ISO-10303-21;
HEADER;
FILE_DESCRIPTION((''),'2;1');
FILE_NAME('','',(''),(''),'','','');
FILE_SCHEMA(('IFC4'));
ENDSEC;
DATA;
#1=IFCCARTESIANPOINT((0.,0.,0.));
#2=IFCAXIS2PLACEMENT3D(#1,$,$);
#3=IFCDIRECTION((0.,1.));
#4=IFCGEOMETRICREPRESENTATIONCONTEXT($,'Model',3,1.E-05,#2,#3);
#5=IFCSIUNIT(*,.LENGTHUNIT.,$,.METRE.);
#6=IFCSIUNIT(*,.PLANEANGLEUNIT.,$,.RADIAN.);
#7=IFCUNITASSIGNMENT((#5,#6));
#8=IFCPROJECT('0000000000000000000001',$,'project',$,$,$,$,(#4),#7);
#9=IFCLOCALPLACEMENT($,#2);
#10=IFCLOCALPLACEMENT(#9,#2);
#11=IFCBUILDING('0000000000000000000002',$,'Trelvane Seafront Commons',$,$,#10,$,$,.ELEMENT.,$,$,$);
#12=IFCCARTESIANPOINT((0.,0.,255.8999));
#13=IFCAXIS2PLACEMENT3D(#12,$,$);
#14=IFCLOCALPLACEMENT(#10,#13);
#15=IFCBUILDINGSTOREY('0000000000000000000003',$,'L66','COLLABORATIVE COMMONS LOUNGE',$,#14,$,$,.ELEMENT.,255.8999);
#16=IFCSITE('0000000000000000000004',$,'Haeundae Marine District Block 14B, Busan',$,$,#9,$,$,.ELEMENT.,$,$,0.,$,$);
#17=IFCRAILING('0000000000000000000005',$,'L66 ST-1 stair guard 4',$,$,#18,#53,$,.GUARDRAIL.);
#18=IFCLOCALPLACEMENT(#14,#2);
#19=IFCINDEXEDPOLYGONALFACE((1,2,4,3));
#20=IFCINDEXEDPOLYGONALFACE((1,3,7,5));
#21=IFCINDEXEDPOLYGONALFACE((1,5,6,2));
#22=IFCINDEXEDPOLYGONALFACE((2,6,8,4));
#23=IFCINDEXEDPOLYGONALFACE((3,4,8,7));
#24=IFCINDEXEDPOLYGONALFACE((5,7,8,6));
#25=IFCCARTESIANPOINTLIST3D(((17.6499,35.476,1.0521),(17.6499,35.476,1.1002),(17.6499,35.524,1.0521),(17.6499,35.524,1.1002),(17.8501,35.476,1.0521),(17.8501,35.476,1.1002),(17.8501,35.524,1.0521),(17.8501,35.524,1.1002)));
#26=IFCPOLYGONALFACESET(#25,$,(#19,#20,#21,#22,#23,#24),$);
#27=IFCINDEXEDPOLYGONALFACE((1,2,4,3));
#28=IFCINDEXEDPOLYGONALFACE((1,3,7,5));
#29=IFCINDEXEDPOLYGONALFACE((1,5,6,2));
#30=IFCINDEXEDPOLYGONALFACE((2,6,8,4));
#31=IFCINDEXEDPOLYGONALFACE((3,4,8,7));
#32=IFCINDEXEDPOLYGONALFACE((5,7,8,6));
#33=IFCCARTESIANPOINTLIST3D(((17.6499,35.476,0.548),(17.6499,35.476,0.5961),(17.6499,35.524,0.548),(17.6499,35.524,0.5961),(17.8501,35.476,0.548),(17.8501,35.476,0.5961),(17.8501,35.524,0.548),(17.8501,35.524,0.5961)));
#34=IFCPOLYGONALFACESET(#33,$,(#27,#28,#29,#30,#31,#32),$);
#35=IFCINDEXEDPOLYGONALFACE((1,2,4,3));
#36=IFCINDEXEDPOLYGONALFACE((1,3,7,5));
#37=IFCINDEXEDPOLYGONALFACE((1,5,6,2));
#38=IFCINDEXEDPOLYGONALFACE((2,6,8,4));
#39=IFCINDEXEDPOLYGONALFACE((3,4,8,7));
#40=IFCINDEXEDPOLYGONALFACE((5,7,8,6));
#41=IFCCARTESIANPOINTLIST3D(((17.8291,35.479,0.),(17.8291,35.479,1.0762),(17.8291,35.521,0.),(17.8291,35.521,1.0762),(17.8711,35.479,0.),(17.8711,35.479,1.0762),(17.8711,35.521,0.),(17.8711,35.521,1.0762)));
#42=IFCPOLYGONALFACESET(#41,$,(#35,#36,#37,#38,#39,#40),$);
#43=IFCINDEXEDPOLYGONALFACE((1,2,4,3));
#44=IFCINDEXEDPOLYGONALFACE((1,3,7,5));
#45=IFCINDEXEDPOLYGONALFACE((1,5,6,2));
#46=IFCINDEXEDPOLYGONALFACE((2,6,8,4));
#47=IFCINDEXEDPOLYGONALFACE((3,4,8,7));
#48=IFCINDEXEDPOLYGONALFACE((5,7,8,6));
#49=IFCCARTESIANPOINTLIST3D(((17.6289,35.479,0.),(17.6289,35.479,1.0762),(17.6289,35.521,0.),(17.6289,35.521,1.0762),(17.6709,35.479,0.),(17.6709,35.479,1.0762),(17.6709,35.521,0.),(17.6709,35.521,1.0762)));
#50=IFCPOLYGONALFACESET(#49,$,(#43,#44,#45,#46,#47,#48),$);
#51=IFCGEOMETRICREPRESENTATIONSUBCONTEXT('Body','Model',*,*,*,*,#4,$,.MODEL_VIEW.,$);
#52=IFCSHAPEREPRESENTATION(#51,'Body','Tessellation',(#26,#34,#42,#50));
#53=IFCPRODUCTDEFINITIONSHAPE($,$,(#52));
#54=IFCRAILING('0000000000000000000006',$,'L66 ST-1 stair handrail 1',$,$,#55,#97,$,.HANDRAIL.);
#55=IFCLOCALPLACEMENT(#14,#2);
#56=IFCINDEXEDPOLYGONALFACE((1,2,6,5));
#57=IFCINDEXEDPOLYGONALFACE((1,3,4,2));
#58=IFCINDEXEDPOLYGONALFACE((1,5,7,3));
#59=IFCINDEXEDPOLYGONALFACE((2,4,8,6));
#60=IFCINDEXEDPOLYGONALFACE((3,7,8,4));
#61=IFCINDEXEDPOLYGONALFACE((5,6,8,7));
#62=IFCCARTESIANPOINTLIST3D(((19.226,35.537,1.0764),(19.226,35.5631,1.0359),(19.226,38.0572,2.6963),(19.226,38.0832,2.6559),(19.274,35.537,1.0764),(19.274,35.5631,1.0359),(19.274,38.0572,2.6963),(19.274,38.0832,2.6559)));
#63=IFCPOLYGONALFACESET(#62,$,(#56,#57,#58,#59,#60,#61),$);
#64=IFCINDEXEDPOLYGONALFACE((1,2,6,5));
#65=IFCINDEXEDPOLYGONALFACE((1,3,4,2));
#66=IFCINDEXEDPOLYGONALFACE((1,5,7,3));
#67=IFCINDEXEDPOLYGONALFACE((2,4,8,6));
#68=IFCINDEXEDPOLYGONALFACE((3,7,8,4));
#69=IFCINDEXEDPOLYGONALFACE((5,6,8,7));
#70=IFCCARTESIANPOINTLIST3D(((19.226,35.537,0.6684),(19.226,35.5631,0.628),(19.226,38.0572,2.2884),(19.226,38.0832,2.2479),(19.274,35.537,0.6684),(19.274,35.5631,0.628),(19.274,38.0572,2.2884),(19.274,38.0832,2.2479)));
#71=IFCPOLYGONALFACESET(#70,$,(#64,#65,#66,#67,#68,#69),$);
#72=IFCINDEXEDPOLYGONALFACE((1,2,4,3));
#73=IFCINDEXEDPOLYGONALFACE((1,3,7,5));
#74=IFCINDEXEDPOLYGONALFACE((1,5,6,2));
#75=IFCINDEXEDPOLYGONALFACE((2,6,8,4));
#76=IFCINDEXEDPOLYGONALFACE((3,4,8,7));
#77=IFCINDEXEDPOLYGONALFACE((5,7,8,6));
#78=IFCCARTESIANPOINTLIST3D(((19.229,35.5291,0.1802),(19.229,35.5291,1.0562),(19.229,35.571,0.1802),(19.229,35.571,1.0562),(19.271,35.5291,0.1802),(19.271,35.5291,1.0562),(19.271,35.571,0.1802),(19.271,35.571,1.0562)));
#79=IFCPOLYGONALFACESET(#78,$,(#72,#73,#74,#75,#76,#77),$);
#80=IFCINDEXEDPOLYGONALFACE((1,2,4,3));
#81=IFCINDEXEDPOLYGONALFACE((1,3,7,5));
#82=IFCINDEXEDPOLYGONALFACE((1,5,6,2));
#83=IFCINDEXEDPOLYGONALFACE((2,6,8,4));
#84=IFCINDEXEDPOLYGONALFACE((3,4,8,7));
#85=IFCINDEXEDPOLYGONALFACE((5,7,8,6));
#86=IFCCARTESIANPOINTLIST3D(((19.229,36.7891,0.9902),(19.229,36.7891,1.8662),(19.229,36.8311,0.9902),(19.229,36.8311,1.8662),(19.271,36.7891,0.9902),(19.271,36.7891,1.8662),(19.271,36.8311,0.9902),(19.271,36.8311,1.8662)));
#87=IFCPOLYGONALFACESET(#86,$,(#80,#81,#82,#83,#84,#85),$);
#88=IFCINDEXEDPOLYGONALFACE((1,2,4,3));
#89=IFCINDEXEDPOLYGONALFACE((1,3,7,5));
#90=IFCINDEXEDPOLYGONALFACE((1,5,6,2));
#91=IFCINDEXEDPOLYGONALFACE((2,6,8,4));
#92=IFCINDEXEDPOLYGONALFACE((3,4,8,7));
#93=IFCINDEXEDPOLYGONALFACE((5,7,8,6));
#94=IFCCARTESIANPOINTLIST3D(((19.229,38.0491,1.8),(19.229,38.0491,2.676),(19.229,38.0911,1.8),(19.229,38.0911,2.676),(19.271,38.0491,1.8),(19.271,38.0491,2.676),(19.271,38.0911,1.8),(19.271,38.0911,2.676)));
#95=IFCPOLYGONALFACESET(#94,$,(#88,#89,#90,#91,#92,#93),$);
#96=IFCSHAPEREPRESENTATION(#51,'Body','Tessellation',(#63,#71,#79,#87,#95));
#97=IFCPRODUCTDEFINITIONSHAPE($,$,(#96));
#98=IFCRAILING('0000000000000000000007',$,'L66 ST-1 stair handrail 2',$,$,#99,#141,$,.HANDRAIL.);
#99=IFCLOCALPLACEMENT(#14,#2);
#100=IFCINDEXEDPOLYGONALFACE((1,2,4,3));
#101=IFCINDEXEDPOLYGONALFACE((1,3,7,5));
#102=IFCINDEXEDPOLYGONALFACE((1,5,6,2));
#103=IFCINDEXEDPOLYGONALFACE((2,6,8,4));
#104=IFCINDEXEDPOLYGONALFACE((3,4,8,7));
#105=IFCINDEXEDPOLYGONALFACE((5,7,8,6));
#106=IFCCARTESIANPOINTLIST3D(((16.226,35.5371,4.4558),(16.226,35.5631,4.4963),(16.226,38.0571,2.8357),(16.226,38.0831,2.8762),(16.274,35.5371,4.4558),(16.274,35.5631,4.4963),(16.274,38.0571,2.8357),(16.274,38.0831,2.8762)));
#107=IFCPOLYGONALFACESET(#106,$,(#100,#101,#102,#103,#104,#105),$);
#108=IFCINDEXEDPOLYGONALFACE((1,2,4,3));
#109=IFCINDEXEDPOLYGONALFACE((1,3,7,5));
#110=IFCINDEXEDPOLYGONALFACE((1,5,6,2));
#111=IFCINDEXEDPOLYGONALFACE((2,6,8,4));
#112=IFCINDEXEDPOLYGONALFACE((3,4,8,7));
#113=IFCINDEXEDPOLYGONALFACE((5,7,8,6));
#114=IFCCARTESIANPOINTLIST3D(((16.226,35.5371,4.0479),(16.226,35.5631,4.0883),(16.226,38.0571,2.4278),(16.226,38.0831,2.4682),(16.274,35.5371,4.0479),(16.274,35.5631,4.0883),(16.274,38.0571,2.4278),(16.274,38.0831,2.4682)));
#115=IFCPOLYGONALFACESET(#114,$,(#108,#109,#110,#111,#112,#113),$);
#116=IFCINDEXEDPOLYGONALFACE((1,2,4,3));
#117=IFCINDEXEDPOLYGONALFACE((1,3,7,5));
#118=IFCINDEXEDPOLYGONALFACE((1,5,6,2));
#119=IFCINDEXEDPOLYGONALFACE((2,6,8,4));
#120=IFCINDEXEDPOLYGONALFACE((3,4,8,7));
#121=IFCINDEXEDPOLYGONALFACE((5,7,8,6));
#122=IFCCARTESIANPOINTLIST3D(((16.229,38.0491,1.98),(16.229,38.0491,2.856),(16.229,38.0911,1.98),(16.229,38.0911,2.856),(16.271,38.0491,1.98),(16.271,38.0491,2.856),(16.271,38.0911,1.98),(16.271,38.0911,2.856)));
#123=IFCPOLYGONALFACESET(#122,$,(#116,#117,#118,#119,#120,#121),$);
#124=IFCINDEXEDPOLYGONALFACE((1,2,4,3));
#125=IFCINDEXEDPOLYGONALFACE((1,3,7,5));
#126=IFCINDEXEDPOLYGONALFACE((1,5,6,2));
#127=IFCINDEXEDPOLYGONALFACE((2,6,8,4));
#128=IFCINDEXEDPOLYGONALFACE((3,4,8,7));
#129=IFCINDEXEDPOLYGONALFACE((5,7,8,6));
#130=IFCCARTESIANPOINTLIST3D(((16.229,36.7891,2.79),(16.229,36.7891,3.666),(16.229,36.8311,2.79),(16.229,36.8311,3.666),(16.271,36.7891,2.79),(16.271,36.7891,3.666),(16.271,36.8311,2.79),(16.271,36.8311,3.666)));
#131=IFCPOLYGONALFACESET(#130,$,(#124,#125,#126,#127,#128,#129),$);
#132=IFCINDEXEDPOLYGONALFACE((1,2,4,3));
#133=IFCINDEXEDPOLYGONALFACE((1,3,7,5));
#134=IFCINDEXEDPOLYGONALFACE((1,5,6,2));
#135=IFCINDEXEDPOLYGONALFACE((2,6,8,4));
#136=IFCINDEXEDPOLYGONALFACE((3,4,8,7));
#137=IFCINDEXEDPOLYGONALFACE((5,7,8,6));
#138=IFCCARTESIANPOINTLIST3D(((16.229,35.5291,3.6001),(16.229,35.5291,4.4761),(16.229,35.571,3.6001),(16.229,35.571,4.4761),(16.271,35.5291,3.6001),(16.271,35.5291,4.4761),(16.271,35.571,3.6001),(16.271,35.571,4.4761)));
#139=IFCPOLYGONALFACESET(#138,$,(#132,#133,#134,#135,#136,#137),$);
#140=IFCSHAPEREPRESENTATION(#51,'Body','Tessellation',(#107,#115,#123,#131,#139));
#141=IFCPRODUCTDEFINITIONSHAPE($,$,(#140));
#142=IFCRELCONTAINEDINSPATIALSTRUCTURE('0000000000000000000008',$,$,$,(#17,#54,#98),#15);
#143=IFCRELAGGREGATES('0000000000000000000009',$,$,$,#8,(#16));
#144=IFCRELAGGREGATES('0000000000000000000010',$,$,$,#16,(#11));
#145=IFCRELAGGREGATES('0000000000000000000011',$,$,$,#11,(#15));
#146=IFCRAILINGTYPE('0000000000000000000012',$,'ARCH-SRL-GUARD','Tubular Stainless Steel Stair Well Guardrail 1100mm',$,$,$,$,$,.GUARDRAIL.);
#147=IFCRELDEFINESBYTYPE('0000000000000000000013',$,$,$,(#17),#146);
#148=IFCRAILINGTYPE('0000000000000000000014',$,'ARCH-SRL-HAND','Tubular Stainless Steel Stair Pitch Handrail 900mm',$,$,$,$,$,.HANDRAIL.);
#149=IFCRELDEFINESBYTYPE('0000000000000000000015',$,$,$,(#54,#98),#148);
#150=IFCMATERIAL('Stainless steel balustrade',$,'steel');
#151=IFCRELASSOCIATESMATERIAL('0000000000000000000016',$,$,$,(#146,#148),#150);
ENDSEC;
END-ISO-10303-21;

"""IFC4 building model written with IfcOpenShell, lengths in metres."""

from ifc_helpers import new_model, si_unit, direction, frame, origin, origin_2d, place, context, subcontext, project, spatial, rectangle, extrude, material, type_object, element, save


model = new_model("IFC4")

# Units and contexts
model_context = context("Model", 3, precision=1e-05, world=origin(), true_north=direction((0.0, 1.0)))
body_context = subcontext(model_context, "Body", "Model", "MODEL_VIEW")
ifc_project = project(units=[si_unit("LENGTHUNIT", "METRE"), si_unit("PLANEANGLEUNIT", "RADIAN")], contexts=[model_context])

# Site, building, storey
site_placement = place(None, origin())
site = spatial("IfcSite", under=ifc_project, at=site_placement, Name="Haeundae Marine District Block 14B, Busan", CompositionType="ELEMENT", RefElevation=0.0)
building_placement = place(site_placement, origin())
building = spatial("IfcBuilding", under=site, at=building_placement, Name="Trelvane Seafront Commons", CompositionType="ELEMENT")
storey_placement = place(building_placement, frame((0.0, 0.0, 255.8999)))
storey = spatial("IfcBuildingStorey", under=building, at=storey_placement, Name="L66", Description="COLLABORATIVE COMMONS LOUNGE", CompositionType="ELEMENT", Elevation=255.8999)

# Shared definitions
ifc_material_1 = material(Name="Stainless steel balustrade", Category="steel")

# Railings
railing_type_1 = type_object("IfcRailingType", Name="ARCH-SRL-GUARD", Description="Tubular Stainless Steel Stair Well Guardrail 1100mm", PredefinedType="GUARDRAIL", material=ifc_material_1)
railing_1_placement = place(storey_placement, frame((17.8501, 35.5, 0.0)))
element("IfcRailing", 1, at=railing_1_placement, inside=storey, type_object=railing_type_1, Name="L66 ST-1 stair guard 4", PredefinedType="GUARDRAIL", context=body_context, shape_type="SweptSolid", body=[
    extrude(rectangle(XDim=0.0481, YDim=0.0481, at=origin_2d()), frame((0.0, 0.0, 1.0762), z_axis=(-1.0, 0.0, 0.0), x_axis=(0.0, -1.0, 0.0)), (0.0, 0.0, 1.0), 0.2002),
    extrude(rectangle(XDim=0.0481, YDim=0.0481, at=origin_2d()), frame((0.0, 0.0, 0.572), z_axis=(-1.0, 0.0, 0.0), x_axis=(0.0, -1.0, 0.0)), (0.0, 0.0, 1.0), 0.2002),
    extrude(rectangle(XDim=0.042, YDim=0.042, at=origin_2d()), origin(), (0.0, 0.0, 1.0), 1.0762),
    extrude(rectangle(XDim=0.042, YDim=0.042, at=origin_2d()), frame((-0.2002, 0.0, 0.0)), (0.0, 0.0, 1.0), 1.0762),
])
railing_type_2 = type_object("IfcRailingType", Name="ARCH-SRL-HAND", Description="Tubular Stainless Steel Stair Pitch Handrail 900mm", PredefinedType="HANDRAIL", material=ifc_material_1)
railing_2_placement = place(storey_placement, frame((19.25, 35.55, 0.1802)))
element("IfcRailing", 2, at=railing_2_placement, inside=storey, type_object=railing_type_2, Name="L66 ST-1 stair handrail 1", PredefinedType="HANDRAIL", context=body_context, shape_type="SweptSolid", body=[
    extrude(rectangle(XDim=0.0481, YDim=0.0481, at=origin_2d()), frame((0.0, 0.0, 0.876), z_axis=(0.0, 0.8412, 0.540725), x_axis=(-1.0, 0.0, 0.0)), (0.0, 0.0, 1.0), 2.9958),
    extrude(rectangle(XDim=0.0481, YDim=0.0481, at=origin_2d()), frame((0.0, 0.0, 0.468), z_axis=(0.0, 0.8412, 0.540725), x_axis=(-1.0, 0.0, 0.0)), (0.0, 0.0, 1.0), 2.9958),
    extrude(rectangle(XDim=0.042, YDim=0.042, at=origin_2d()), origin(), (0.0, 0.0, 1.0), 0.876),
    extrude(rectangle(XDim=0.042, YDim=0.042, at=origin_2d()), frame((0.0, 1.26, 0.8101)), (0.0, 0.0, 1.0), 0.876),
    extrude(rectangle(XDim=0.042, YDim=0.042, at=origin_2d()), frame((0.0, 2.52, 1.6199)), (0.0, 0.0, 1.0), 0.876),
])
railing_3_placement = place(storey_placement, frame((16.25, 38.0701, 1.98)))
element("IfcRailing", 3, at=railing_3_placement, inside=storey, type_object=railing_type_2, Name="L66 ST-1 stair handrail 2", PredefinedType="HANDRAIL", context=body_context, shape_type="SweptSolid", body=[
    extrude(rectangle(XDim=0.0481, YDim=0.0481, at=origin_2d()), frame((0.0, 0.0, 0.876), z_axis=(0.0, -0.841163, 0.540782), x_axis=(1.0, 0.0, 0.0)), (0.0, 0.0, 1.0), 2.9958),
    extrude(rectangle(XDim=0.0481, YDim=0.0481, at=origin_2d()), frame((0.0, 0.0, 0.468), z_axis=(0.0, -0.841163, 0.540782), x_axis=(1.0, 0.0, 0.0)), (0.0, 0.0, 1.0), 2.9958),
    extrude(rectangle(XDim=0.042, YDim=0.042, at=origin_2d()), origin(), (0.0, 0.0, 1.0), 0.876),
    extrude(rectangle(XDim=0.042, YDim=0.042, at=origin_2d()), frame((0.0, -1.26, 0.8101)), (0.0, 0.0, 1.0), 0.876),
    extrude(rectangle(XDim=0.042, YDim=0.042, at=origin_2d()), frame((0.0, -2.52, 1.6201)), (0.0, 0.0, 1.0), 0.876),
])

save(model, "model.ifc")
